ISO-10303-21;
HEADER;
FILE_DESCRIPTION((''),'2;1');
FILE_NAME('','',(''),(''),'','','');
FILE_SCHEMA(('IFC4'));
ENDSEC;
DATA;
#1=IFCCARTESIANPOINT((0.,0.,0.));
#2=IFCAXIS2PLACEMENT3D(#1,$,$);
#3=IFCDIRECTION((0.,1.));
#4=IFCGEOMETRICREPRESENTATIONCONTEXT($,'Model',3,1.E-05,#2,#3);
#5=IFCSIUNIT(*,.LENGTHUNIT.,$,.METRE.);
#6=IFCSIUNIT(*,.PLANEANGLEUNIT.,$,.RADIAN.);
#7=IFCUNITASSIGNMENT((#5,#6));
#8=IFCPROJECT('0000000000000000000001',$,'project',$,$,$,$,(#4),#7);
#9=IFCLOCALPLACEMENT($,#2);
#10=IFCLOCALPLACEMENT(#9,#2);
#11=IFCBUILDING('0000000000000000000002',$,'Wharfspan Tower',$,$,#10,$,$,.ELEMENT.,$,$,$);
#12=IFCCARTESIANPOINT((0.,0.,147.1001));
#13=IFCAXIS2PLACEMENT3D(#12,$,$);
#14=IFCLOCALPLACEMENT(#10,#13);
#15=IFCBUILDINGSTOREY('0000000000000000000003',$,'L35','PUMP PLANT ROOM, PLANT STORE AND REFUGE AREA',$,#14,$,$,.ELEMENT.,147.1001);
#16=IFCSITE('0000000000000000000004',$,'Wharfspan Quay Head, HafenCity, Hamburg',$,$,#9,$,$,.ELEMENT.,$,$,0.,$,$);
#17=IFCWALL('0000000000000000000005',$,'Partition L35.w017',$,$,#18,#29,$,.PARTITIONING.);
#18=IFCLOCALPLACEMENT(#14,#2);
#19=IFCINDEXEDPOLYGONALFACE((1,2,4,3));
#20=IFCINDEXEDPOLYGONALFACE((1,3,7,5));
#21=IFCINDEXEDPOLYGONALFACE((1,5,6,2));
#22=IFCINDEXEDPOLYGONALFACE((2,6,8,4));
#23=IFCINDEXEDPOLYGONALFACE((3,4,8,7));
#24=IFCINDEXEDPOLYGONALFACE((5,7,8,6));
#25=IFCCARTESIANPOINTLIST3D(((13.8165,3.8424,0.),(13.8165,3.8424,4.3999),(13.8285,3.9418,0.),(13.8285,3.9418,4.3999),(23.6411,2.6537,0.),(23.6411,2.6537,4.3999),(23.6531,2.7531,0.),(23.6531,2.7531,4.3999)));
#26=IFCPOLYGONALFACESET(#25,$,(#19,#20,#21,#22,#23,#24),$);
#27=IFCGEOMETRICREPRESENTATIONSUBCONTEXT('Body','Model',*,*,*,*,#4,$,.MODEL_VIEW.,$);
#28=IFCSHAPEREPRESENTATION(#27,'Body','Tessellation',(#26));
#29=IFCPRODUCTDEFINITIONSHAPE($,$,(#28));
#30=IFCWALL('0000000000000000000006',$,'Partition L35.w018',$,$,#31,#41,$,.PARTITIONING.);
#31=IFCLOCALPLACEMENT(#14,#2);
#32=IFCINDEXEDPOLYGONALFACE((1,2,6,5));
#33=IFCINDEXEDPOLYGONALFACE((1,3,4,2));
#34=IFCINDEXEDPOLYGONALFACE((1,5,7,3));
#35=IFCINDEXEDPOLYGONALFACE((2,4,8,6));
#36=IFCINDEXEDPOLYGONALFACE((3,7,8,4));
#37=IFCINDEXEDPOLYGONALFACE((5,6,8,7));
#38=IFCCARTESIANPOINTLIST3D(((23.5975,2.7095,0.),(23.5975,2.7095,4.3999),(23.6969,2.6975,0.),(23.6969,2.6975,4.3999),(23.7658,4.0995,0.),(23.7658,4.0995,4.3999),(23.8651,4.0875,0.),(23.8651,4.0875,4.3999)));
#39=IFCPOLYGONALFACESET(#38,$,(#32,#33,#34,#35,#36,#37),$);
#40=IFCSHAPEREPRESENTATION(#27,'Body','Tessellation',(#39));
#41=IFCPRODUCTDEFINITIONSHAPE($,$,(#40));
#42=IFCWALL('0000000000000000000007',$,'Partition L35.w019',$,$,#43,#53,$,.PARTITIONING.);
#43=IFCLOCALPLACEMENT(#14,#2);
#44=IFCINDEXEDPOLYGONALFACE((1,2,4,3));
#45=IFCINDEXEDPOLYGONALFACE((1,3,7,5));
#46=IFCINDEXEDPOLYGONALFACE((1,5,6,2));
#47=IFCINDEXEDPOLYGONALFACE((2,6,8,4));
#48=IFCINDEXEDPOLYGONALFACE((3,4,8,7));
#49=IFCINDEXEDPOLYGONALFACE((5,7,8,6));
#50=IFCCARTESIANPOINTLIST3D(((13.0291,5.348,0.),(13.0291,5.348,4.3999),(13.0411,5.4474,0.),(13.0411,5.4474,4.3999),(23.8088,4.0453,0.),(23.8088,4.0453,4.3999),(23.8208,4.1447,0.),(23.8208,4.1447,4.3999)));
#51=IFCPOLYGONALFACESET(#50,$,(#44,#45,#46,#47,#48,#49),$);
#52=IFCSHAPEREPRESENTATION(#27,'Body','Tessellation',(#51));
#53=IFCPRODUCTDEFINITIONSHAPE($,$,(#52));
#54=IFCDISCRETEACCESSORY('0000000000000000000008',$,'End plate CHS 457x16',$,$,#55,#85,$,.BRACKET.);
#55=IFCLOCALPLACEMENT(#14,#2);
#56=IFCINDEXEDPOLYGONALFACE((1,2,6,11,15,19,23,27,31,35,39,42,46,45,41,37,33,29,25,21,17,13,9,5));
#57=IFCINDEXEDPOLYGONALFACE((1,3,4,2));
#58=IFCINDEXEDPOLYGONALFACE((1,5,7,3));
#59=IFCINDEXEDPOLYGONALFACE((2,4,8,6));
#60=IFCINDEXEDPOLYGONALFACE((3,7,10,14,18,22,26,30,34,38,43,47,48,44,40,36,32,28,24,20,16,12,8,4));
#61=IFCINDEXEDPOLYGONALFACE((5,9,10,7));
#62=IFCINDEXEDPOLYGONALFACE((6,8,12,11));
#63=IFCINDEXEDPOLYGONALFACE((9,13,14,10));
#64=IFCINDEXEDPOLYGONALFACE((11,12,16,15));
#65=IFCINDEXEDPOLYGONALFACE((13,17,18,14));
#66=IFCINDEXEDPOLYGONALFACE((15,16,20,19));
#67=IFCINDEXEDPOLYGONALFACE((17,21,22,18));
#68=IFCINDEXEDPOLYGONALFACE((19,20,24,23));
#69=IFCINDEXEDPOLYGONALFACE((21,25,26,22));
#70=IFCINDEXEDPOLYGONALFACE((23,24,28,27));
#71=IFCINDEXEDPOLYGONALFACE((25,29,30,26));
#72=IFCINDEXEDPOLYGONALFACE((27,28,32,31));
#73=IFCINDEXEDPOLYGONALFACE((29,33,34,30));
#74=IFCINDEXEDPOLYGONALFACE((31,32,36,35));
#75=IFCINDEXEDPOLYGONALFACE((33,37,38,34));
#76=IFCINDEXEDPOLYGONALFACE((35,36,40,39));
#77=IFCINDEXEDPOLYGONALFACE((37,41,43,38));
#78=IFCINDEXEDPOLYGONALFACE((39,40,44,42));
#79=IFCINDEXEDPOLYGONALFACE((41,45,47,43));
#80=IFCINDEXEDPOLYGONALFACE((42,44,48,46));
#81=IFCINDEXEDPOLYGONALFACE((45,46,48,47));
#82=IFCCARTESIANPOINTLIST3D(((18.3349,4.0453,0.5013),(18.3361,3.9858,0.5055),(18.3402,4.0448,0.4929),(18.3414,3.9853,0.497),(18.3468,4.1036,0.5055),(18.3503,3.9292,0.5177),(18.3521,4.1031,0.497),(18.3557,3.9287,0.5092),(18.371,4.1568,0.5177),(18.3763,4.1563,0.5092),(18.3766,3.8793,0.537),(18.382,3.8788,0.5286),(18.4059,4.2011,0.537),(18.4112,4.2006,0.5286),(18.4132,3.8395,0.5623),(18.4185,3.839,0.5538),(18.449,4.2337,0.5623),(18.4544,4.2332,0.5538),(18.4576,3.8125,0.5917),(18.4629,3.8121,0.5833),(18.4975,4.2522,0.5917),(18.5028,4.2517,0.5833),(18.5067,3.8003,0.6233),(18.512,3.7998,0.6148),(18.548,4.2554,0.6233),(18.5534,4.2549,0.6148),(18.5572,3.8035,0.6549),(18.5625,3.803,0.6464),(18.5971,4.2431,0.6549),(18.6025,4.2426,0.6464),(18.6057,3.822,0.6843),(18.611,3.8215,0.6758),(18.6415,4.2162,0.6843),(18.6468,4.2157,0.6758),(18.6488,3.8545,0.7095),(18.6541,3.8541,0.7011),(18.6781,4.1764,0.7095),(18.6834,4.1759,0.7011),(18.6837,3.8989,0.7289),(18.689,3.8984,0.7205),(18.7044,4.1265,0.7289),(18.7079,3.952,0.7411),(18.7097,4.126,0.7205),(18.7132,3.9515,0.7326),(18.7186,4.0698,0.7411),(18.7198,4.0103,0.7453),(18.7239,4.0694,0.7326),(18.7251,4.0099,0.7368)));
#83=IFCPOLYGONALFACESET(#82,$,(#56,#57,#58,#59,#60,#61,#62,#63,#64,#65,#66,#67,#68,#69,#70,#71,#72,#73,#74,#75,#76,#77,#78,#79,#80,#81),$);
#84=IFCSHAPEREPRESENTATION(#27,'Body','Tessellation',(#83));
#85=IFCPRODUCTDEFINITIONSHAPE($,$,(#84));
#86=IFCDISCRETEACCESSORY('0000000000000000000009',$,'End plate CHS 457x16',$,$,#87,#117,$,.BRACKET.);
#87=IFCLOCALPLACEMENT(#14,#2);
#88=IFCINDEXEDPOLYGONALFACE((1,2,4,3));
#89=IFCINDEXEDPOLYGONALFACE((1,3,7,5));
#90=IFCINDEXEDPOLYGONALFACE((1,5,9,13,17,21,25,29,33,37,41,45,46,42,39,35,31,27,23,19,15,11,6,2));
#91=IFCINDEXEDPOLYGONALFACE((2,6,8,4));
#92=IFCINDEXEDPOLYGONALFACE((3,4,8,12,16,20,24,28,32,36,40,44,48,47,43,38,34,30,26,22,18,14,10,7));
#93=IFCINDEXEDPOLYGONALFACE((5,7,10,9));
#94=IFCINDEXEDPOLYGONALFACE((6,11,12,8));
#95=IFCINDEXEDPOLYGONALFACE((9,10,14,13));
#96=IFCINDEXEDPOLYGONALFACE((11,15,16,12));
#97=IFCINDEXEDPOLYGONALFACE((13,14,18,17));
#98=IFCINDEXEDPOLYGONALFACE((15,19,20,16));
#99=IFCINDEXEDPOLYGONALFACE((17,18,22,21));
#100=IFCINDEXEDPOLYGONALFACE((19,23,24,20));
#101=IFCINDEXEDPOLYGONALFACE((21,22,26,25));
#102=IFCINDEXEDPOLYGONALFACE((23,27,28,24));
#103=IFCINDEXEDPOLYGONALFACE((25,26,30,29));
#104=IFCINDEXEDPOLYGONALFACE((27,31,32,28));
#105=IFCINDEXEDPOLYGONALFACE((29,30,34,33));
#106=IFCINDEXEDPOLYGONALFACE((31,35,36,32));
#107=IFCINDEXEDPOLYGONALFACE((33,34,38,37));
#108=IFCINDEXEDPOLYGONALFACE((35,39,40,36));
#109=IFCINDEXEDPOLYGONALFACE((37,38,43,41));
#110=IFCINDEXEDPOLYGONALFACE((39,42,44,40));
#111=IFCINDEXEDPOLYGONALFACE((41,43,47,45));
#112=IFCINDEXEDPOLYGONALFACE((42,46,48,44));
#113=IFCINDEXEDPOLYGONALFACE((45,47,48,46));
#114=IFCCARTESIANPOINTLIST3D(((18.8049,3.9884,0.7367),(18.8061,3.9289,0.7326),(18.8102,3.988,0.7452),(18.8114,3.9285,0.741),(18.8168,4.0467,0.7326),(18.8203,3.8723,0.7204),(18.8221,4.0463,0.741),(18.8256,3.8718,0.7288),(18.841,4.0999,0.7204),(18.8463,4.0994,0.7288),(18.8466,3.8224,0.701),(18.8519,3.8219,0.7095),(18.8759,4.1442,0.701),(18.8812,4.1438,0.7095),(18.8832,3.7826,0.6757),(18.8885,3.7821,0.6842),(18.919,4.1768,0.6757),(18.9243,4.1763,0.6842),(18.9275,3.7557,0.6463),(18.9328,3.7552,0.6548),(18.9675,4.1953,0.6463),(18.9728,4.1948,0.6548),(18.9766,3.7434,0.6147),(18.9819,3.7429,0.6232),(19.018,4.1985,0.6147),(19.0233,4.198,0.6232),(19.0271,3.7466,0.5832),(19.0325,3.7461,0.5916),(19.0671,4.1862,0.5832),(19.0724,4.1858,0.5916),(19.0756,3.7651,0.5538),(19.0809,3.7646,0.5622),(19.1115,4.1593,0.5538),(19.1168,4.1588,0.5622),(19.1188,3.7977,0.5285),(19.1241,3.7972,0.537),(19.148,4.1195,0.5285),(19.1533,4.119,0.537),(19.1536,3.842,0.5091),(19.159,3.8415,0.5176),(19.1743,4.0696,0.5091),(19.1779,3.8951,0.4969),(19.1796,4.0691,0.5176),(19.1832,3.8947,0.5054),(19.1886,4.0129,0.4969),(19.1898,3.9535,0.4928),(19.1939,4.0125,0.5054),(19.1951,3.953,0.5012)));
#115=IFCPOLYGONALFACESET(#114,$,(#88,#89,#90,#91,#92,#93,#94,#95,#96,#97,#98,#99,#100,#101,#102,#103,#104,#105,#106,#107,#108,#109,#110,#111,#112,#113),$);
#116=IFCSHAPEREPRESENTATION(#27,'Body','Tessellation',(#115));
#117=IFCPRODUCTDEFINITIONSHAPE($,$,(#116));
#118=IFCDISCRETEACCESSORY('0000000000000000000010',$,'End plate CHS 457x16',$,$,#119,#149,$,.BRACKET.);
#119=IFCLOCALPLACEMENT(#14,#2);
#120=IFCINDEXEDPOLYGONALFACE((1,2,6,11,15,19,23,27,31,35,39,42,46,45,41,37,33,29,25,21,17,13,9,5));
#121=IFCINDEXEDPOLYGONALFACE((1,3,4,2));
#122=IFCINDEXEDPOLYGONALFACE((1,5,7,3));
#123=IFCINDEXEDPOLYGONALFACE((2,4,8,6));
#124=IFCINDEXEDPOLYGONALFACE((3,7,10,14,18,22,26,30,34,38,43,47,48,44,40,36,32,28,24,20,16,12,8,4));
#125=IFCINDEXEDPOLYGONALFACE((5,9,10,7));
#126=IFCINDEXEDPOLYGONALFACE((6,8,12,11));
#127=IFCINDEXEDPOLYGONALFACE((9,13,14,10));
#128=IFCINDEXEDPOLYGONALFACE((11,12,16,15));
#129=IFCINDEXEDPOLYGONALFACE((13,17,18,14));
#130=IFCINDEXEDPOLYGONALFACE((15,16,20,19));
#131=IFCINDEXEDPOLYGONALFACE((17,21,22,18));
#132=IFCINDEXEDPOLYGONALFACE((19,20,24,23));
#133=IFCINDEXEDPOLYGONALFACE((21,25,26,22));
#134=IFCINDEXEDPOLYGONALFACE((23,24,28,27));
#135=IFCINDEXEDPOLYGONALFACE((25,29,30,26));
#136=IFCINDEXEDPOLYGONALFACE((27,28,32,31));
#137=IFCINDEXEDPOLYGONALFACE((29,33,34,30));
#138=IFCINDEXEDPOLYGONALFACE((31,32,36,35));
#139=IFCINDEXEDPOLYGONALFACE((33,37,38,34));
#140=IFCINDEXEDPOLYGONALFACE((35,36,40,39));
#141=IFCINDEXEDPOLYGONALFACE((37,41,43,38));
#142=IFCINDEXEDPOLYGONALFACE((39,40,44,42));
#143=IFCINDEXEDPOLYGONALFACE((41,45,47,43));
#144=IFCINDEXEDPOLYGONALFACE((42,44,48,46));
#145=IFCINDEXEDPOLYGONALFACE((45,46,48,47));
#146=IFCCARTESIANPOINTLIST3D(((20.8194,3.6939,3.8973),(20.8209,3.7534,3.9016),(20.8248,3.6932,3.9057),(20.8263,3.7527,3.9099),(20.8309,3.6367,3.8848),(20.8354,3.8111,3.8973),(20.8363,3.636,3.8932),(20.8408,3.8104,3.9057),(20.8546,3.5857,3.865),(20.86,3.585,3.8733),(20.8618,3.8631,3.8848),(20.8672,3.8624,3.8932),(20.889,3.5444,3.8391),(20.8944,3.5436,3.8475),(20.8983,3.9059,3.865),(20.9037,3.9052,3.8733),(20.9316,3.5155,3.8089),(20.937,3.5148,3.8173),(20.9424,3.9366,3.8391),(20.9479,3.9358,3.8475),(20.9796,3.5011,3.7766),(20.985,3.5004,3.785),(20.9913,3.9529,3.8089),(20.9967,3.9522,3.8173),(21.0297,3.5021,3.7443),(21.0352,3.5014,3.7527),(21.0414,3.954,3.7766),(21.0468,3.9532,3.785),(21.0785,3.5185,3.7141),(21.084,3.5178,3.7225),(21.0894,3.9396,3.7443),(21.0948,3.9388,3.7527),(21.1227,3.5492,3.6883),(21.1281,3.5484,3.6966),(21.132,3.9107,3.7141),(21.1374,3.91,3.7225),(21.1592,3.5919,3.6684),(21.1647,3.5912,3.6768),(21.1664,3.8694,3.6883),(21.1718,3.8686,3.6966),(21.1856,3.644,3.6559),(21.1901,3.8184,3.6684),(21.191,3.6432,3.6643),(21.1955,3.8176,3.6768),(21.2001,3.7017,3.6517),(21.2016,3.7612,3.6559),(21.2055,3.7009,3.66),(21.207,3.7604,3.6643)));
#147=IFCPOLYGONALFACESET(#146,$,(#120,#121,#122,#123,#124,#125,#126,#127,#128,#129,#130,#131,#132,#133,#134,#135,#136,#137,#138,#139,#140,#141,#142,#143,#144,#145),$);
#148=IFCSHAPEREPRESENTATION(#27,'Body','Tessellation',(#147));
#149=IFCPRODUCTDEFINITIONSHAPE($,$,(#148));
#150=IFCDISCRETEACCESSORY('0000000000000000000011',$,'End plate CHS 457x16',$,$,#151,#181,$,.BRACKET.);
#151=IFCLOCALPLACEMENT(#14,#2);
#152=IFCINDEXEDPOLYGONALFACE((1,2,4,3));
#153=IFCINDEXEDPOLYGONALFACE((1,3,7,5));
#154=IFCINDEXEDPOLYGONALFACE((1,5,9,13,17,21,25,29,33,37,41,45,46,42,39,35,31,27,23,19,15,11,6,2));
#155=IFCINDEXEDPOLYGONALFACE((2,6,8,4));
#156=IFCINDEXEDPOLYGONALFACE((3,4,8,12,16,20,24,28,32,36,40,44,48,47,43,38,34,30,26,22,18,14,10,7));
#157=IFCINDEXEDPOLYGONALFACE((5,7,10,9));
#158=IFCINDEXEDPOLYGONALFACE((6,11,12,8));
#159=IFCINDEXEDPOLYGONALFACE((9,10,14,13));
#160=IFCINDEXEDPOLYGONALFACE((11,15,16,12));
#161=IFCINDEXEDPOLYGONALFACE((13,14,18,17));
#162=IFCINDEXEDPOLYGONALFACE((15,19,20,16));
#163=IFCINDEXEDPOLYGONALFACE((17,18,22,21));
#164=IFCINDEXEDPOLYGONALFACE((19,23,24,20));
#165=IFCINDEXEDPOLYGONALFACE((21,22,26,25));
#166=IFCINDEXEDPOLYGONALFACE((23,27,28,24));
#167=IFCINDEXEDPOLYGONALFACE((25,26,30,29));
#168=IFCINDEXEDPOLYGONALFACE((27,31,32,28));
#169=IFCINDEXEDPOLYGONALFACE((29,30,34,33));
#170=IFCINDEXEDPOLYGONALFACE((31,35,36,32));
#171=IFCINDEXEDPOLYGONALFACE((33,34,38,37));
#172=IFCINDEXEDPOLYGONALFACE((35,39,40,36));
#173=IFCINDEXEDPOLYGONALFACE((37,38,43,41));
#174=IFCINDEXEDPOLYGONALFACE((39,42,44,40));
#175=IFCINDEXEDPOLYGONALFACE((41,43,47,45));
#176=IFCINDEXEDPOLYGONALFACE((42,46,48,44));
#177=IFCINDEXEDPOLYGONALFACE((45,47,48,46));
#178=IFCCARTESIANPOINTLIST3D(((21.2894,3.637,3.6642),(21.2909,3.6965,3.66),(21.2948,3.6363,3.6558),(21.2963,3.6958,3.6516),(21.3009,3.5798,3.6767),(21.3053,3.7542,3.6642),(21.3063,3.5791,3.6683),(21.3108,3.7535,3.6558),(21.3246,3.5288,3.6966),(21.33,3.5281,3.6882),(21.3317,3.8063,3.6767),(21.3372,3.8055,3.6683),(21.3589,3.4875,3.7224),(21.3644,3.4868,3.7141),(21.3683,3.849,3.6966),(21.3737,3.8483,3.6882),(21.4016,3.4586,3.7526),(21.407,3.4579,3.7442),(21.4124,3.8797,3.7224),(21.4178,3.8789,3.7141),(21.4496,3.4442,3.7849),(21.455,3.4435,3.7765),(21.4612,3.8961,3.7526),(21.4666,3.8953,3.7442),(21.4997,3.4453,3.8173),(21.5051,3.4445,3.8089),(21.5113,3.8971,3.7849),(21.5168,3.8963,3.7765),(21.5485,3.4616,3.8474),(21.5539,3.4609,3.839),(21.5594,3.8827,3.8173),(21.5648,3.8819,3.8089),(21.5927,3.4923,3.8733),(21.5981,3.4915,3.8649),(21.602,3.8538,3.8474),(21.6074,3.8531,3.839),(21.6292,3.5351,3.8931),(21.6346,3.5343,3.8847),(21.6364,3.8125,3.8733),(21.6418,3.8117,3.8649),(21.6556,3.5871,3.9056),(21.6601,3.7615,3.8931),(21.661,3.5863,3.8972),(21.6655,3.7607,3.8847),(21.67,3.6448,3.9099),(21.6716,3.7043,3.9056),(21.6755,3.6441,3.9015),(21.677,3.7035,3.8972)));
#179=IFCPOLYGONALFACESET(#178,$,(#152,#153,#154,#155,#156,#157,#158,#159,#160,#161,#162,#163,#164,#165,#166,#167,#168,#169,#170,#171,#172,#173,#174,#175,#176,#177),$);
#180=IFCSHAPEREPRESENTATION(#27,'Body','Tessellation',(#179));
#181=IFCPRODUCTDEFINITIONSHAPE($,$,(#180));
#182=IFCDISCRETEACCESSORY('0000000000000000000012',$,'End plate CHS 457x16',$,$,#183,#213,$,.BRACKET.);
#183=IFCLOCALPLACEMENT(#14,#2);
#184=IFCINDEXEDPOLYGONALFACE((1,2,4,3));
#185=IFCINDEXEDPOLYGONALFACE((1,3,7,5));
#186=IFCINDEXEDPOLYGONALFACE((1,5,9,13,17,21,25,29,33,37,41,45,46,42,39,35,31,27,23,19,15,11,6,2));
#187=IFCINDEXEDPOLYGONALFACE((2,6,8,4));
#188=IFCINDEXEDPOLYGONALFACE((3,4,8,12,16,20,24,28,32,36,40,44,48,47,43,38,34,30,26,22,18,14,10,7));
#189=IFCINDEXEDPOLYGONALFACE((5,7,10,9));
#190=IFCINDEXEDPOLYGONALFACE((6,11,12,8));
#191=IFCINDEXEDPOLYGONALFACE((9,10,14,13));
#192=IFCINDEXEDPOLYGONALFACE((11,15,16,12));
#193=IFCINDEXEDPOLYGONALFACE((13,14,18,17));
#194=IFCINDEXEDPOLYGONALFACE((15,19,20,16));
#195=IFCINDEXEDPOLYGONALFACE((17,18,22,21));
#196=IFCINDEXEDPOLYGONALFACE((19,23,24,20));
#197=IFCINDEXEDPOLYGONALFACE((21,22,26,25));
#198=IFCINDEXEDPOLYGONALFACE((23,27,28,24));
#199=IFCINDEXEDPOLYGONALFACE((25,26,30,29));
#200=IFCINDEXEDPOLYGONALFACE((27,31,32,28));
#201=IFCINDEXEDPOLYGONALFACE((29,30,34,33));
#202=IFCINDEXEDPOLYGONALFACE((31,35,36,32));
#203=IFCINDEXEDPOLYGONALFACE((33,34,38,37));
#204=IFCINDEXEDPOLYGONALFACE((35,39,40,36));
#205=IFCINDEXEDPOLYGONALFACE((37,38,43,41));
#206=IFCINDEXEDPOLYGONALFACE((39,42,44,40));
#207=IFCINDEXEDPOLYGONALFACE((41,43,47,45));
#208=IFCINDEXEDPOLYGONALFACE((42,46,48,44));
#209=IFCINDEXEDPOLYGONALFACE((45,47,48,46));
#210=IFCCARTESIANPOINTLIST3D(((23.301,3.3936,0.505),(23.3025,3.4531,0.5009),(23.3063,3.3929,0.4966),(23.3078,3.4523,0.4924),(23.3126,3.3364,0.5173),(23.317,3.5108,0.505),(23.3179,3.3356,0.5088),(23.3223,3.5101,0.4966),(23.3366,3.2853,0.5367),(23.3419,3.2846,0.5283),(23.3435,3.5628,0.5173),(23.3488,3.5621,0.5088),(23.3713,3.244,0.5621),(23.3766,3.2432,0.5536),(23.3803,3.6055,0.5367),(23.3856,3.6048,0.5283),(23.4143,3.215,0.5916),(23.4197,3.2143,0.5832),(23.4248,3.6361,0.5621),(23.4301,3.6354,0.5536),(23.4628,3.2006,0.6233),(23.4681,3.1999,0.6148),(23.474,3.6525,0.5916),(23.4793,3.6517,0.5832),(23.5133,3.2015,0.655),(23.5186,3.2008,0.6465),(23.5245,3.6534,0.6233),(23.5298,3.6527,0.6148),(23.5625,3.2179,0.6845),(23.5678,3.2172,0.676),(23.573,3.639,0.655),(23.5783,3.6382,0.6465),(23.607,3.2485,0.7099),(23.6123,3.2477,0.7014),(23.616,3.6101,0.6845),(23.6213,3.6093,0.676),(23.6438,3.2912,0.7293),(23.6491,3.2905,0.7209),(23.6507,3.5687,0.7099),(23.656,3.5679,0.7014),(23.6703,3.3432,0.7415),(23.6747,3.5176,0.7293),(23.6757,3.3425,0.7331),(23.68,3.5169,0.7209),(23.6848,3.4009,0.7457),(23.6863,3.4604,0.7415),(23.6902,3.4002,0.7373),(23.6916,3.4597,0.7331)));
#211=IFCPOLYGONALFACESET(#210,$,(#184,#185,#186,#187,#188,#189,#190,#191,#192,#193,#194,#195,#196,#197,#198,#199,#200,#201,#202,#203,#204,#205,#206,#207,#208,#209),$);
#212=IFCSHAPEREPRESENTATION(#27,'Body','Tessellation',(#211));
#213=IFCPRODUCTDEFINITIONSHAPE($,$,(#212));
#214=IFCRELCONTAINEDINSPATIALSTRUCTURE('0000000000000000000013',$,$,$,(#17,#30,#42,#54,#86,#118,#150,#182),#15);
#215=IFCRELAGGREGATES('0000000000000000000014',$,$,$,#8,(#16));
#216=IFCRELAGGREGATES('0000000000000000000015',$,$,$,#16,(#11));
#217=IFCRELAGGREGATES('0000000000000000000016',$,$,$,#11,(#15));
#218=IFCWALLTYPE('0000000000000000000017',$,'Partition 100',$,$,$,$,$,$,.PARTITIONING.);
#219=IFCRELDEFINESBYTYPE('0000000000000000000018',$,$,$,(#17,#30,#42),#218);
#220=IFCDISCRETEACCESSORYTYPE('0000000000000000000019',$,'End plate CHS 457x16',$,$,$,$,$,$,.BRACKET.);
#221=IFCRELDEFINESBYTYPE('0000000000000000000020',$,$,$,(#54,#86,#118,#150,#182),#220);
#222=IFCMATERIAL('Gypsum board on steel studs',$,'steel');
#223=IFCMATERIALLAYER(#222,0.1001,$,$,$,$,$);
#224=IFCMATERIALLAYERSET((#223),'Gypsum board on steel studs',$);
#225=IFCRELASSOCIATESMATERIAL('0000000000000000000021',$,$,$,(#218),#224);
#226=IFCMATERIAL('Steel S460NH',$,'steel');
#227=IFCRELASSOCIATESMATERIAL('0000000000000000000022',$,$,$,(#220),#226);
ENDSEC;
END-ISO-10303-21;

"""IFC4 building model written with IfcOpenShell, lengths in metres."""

from ifc_helpers import new_model, si_unit, direction, frame, frame_2d, origin, origin_2d, place, context, subcontext, project, spatial, rectangle, circle, extrude, material, layer, layer_set, material_profile, profile_set, type_object, element, save


model = new_model("IFC4")

# Units and contexts
model_context = context("Model", 3, precision=1e-05, world=origin(), true_north=direction((0.0, 1.0)))
body_context = subcontext(model_context, "Body", "Model", "MODEL_VIEW")
ifc_project = project(units=[si_unit("LENGTHUNIT", "METRE"), si_unit("PLANEANGLEUNIT", "RADIAN")], contexts=[model_context])

# Site, building, storey
site_placement = place(None, origin())
site = spatial("IfcSite", under=ifc_project, at=site_placement, Name="Wharfspan Quay Head, HafenCity, Hamburg", CompositionType="ELEMENT", RefElevation=0.0)
building_placement = place(site_placement, origin())
building = spatial("IfcBuilding", under=site, at=building_placement, Name="Wharfspan Tower", CompositionType="ELEMENT")
storey_placement = place(building_placement, frame((0.0, 0.0, 147.1001)))
storey = spatial("IfcBuildingStorey", under=building, at=storey_placement, Name="L35", Description="PUMP PLANT ROOM, PLANT STORE AND REFUGE AREA", CompositionType="ELEMENT", Elevation=147.1001)

# Shared definitions
ifc_material_1 = material(Name="Steel S460NH", Category="steel")

# Walls
ifc_material_2 = material(Name="Gypsum board on steel studs", Category="steel")
ifc_layer_1 = layer(ifc_material_2, 0.1001)
ifc_layer_set_1 = layer_set([ifc_layer_1], Name="Gypsum board on steel studs")
wall_type = type_object("IfcWallType", Name="Partition 100", PredefinedType="PARTITIONING", material=ifc_layer_set_1)
wall_1_placement = place(storey_placement, frame((23.6472, 2.7034, 0.0), z_axis=(0.0, 0.0, 1.0), x_axis=(-0.99276, 0.120117, 0.0)))
element("IfcWall", 1, at=wall_1_placement, inside=storey, type_object=wall_type, Name="Partition L35.w017", PredefinedType="PARTITIONING", context=body_context, shape_type="SweptSolid", body=[
    extrude(rectangle(XDim=9.8962, YDim=0.1001, at=frame_2d((4.9482, 0.0))), origin(), (0.0, 0.0, 1.0), 4.3999),
])
wall_2_placement = place(storey_placement, frame((23.6472, 2.7034, 0.0), z_axis=(0.0, 0.0, 1.0), x_axis=(0.120149, 0.992755, 0.0)))
element("IfcWall", 2, at=wall_2_placement, inside=storey, type_object=wall_type, Name="Partition L35.w018", PredefinedType="PARTITIONING", context=body_context, shape_type="SweptSolid", body=[
    extrude(rectangle(XDim=1.4001, YDim=0.1001, at=frame_2d((0.7002, 0.0))), origin(), (0.0, 0.0, 1.0), 4.3999),
])
wall_3_placement = place(storey_placement, frame((23.8149, 4.095, 0.0), z_axis=(0.0, 0.0, 1.0), x_axis=(-0.992778, 0.119977, 0.0)))
element("IfcWall", 3, at=wall_3_placement, inside=storey, type_object=wall_type, Name="Partition L35.w019", PredefinedType="PARTITIONING", context=body_context, shape_type="SweptSolid", body=[
    extrude(rectangle(XDim=10.8582, YDim=0.1001, at=frame_2d((5.4292, 0.0))), origin(), (0.0, 0.0, 1.0), 4.3999),
])

# Discrete accessories
ifc_material_profile_1 = material_profile(ifc_material_1, circle(Radius=0.2285, at=origin_2d()))
ifc_profile_set_1 = profile_set([ifc_material_profile_1], Name="Steel S460NH")
discrete_accessory_type_1 = type_object("IfcDiscreteAccessoryType", Name="End plate CHS 457x16", PredefinedType="BRACKET", material=ifc_profile_set_1)
for number, where, z_axis, x_axis, name in (
    (4, (18.5273, 4.0278, 0.6233), (0.53155, -0.048323, -0.845647), (0.090535, 0.995897, -0.000001), "End plate CHS 457x16"),
    (5, (18.9973, 3.9709, 0.6147), (0.53155, -0.048323, 0.845647), (0.090535, 0.995897, 0.000001), "End plate CHS 457x16"),
    (6, (21.0105, 3.7275, 3.7766), (0.541767, -0.073877, 0.837276), (0.135113, 0.990833, 0.0), "End plate CHS 457x16"),
    (7, (21.4805, 3.6707, 3.7849), (0.541767, -0.073877, -0.837276), (0.135113, 0.990833, 0.0), "End plate CHS 457x16"),
    (8, (23.4937, 3.427, 0.6233), (0.530776, -0.072379, -0.844416), (0.135113, 0.990834, -0.000001), "End plate CHS 457x16"),
):
    element("IfcDiscreteAccessory", number, at=place(storey_placement, frame(where, z_axis=z_axis, x_axis=x_axis)), inside=storey, type_object=discrete_accessory_type_1, Name=name, PredefinedType="BRACKET", context=body_context, shape_type="SweptSolid", body=[
        extrude(circle(Radius=0.2285, at=origin_2d()), origin(), (0.0, 0.0, 1.0), 0.01),
    ])

save(model, "model.ifc")
